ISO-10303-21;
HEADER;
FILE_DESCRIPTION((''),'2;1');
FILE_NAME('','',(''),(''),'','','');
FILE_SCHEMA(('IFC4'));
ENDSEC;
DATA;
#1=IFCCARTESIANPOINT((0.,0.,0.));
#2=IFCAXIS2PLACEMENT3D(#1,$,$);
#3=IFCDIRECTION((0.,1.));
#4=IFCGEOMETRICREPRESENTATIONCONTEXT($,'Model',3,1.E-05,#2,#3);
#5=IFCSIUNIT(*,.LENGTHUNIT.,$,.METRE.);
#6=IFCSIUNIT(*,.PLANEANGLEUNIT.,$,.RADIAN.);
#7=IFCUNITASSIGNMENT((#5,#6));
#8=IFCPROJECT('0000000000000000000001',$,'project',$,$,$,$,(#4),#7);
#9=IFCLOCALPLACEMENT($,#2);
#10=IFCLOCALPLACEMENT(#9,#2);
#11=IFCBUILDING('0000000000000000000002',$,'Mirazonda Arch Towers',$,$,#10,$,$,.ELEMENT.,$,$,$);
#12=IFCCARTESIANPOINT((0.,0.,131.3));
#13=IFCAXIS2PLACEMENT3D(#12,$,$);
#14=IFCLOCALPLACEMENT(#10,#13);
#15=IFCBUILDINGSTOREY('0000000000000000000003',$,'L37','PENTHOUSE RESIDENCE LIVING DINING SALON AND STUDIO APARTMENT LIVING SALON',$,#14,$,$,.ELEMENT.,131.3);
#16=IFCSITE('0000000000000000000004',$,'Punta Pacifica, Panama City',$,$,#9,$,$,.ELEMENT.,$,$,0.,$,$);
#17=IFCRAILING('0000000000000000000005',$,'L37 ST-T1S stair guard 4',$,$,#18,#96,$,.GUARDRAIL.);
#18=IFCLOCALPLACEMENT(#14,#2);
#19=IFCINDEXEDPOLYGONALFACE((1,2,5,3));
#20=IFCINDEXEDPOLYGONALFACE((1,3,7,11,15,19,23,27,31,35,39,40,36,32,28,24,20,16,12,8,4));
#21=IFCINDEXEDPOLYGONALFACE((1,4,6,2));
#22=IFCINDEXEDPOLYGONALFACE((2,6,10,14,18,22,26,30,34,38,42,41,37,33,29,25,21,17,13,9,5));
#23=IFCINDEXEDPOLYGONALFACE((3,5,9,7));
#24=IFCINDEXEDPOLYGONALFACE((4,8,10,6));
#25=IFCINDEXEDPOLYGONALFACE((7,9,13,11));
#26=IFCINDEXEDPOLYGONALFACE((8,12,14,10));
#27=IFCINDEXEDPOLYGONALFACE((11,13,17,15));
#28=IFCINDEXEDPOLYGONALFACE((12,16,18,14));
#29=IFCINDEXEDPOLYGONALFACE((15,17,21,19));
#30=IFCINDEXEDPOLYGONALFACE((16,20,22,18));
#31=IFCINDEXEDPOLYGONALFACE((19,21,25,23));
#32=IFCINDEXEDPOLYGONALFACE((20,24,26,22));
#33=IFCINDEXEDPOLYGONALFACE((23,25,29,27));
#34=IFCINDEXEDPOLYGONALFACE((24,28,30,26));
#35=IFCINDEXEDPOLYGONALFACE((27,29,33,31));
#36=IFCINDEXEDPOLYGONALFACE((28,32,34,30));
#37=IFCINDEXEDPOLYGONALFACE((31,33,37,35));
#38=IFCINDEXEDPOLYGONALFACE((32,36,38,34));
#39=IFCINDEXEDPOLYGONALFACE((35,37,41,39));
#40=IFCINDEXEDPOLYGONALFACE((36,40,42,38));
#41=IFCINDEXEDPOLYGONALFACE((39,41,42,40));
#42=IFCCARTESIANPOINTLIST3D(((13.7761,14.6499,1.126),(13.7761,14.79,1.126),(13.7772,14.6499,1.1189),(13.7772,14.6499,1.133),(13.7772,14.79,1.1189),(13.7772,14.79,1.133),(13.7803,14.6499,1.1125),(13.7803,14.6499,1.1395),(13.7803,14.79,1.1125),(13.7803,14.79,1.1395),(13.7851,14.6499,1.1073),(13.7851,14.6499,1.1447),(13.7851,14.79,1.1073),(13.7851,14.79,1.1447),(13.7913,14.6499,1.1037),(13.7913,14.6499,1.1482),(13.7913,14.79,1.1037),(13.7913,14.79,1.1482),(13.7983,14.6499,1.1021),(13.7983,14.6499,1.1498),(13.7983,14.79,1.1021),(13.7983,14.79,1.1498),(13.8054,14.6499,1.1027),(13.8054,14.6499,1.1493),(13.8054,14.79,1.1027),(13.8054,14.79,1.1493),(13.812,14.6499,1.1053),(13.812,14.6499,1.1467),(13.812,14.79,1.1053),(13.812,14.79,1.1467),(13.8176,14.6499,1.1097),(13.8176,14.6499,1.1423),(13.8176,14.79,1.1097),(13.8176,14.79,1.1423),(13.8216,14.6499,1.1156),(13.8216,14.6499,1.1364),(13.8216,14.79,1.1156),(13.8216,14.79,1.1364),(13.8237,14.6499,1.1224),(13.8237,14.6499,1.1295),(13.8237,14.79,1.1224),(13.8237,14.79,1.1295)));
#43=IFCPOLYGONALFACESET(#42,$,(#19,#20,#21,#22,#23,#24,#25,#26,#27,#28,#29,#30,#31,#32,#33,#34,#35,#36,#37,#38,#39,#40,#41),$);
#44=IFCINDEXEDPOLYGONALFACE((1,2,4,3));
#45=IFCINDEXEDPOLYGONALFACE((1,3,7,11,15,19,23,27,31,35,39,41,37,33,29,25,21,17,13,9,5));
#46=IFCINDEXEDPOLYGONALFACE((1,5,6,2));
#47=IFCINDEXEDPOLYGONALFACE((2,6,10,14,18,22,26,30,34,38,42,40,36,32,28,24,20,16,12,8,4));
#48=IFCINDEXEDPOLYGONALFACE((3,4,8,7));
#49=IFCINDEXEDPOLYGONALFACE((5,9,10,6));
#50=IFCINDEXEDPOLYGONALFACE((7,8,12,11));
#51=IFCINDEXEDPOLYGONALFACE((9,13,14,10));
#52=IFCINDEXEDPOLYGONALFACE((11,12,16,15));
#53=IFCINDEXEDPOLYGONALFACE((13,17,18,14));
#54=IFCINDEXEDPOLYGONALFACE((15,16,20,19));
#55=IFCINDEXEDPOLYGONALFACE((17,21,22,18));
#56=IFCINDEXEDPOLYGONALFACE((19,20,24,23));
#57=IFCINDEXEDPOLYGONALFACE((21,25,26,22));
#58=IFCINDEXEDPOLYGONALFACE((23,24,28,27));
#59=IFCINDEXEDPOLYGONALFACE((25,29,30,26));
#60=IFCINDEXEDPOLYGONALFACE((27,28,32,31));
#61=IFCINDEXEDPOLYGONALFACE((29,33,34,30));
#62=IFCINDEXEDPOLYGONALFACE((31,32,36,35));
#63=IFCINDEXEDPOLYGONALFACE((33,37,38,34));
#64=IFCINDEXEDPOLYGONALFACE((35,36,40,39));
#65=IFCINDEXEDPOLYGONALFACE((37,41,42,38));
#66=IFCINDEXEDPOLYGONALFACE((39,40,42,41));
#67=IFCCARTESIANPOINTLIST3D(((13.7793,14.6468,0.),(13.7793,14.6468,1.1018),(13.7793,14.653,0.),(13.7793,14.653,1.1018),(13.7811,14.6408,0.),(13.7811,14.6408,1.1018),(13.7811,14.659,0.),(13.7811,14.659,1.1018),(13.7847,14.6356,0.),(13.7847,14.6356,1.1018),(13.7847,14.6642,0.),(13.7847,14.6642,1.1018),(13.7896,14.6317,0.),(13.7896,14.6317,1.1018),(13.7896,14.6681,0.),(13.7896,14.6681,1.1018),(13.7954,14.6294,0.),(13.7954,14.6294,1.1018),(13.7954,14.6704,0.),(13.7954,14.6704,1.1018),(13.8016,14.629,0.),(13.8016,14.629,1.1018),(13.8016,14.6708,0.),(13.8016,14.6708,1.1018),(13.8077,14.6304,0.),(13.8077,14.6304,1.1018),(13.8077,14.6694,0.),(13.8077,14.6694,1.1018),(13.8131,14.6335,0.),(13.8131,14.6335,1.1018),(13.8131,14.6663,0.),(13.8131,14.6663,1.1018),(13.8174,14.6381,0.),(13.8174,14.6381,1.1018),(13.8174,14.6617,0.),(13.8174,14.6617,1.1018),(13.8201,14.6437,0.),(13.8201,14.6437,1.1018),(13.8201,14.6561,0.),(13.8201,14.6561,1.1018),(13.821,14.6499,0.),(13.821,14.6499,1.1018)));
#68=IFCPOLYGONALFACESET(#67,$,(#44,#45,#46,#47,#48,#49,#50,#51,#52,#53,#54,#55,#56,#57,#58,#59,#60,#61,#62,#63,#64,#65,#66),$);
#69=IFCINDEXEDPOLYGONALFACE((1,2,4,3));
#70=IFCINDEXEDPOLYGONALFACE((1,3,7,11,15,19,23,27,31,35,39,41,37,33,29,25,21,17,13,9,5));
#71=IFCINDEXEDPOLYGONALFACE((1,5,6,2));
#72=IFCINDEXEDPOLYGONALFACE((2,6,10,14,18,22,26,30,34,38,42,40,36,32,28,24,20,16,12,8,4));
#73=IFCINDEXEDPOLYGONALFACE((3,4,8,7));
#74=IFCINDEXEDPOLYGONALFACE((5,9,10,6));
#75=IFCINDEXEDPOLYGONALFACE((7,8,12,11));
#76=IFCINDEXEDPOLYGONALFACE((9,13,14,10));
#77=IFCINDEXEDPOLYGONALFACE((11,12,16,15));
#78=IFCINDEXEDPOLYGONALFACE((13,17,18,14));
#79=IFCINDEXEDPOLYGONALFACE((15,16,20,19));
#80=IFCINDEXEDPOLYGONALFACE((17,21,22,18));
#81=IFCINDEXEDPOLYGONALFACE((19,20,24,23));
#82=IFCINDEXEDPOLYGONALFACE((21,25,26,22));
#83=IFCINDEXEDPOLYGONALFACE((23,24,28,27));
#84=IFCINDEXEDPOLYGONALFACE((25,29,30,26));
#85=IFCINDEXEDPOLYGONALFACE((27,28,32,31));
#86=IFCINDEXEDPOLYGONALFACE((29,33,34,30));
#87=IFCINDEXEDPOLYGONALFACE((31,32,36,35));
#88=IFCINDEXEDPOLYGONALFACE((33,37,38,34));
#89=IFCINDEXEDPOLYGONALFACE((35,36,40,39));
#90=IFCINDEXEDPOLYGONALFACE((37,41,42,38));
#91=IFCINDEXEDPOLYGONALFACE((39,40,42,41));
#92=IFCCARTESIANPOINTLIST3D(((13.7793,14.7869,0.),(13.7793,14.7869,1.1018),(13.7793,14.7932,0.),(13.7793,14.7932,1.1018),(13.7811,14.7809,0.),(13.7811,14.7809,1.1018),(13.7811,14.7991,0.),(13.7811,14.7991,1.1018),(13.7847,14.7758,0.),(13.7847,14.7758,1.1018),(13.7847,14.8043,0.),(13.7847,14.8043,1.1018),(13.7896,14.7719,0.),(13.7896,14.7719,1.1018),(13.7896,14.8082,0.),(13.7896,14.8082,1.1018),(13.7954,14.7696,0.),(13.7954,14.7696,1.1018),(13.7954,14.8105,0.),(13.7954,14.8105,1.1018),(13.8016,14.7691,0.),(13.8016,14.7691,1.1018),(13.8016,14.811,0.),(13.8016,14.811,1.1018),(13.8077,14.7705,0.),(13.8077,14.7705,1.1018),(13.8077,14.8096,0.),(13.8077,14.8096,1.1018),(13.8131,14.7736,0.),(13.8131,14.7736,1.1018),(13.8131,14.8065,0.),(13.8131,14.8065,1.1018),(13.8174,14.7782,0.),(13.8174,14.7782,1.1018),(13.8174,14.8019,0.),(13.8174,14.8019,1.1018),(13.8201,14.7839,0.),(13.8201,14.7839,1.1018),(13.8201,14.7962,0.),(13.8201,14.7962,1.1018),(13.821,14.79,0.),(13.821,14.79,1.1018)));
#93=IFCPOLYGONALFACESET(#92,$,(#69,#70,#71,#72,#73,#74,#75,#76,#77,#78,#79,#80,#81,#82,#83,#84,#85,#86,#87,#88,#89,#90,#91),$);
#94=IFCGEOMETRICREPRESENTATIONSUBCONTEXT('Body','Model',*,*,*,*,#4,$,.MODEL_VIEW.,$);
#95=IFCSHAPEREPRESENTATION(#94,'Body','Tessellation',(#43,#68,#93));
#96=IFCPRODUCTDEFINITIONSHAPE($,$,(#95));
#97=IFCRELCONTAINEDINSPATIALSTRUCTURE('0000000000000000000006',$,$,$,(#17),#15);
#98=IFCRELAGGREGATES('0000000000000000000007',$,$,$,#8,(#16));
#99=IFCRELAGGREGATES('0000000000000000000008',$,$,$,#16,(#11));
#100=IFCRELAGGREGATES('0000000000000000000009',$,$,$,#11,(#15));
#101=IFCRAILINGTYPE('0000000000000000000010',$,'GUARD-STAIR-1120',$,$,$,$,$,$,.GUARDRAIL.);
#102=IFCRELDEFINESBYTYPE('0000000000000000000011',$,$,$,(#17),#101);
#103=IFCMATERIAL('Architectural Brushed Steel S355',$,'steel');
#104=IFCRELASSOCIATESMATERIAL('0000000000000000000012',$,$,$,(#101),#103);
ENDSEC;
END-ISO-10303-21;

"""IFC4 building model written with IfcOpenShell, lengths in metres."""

from ifc_helpers import new_model, si_unit, direction, frame, origin, origin_2d, place, context, subcontext, project, spatial, circle, extrude, material, type_object, element, save


model = new_model("IFC4")

# Units and contexts
model_context = context("Model", 3, precision=1e-05, world=origin(), true_north=direction((0.0, 1.0)))
body_context = subcontext(model_context, "Body", "Model", "MODEL_VIEW")
ifc_project = project(units=[si_unit("LENGTHUNIT", "METRE"), si_unit("PLANEANGLEUNIT", "RADIAN")], contexts=[model_context])

# Site, building, storey
site_placement = place(None, origin())
site = spatial("IfcSite", under=ifc_project, at=site_placement, Name="Punta Pacifica, Panama City", CompositionType="ELEMENT", RefElevation=0.0)
building_placement = place(site_placement, origin())
building = spatial("IfcBuilding", under=site, at=building_placement, Name="Mirazonda Arch Towers", CompositionType="ELEMENT")
storey_placement = place(building_placement, frame((0.0, 0.0, 131.3)))
storey = spatial("IfcBuildingStorey", under=building, at=storey_placement, Name="L37", Description="PENTHOUSE RESIDENCE LIVING DINING SALON AND STUDIO APARTMENT LIVING SALON", CompositionType="ELEMENT", Elevation=131.3)

# Shared definitions
ifc_material_1 = material(Name="Architectural Brushed Steel S355", Category="steel")

# Railing
railing_type_1 = type_object("IfcRailingType", Name="GUARD-STAIR-1120", PredefinedType="GUARDRAIL", material=ifc_material_1)
railing_1_placement = place(storey_placement, frame((13.8, 14.6499, 0.0)))
element("IfcRailing", 1, at=railing_1_placement, inside=storey, type_object=railing_type_1, Name="L37 ST-T1S stair guard 4", PredefinedType="GUARDRAIL", context=body_context, shape_type="SweptSolid", body=[
    extrude(circle(Radius=0.0239, at=origin_2d()), frame((0.0, 0.0, 1.126), z_axis=(0.0, 1.0, 0.0), x_axis=(-1.0, 0.0, 0.0)), (0.0, 0.0, 1.0), 0.1401),
    extrude(circle(Radius=0.021, at=origin_2d()), origin(), (0.0, 0.0, 1.0), 1.1018),
    extrude(circle(Radius=0.021, at=origin_2d()), frame((0.0, 0.1401, 0.0)), (0.0, 0.0, 1.0), 1.1018),
])

save(model, "model.ifc")
